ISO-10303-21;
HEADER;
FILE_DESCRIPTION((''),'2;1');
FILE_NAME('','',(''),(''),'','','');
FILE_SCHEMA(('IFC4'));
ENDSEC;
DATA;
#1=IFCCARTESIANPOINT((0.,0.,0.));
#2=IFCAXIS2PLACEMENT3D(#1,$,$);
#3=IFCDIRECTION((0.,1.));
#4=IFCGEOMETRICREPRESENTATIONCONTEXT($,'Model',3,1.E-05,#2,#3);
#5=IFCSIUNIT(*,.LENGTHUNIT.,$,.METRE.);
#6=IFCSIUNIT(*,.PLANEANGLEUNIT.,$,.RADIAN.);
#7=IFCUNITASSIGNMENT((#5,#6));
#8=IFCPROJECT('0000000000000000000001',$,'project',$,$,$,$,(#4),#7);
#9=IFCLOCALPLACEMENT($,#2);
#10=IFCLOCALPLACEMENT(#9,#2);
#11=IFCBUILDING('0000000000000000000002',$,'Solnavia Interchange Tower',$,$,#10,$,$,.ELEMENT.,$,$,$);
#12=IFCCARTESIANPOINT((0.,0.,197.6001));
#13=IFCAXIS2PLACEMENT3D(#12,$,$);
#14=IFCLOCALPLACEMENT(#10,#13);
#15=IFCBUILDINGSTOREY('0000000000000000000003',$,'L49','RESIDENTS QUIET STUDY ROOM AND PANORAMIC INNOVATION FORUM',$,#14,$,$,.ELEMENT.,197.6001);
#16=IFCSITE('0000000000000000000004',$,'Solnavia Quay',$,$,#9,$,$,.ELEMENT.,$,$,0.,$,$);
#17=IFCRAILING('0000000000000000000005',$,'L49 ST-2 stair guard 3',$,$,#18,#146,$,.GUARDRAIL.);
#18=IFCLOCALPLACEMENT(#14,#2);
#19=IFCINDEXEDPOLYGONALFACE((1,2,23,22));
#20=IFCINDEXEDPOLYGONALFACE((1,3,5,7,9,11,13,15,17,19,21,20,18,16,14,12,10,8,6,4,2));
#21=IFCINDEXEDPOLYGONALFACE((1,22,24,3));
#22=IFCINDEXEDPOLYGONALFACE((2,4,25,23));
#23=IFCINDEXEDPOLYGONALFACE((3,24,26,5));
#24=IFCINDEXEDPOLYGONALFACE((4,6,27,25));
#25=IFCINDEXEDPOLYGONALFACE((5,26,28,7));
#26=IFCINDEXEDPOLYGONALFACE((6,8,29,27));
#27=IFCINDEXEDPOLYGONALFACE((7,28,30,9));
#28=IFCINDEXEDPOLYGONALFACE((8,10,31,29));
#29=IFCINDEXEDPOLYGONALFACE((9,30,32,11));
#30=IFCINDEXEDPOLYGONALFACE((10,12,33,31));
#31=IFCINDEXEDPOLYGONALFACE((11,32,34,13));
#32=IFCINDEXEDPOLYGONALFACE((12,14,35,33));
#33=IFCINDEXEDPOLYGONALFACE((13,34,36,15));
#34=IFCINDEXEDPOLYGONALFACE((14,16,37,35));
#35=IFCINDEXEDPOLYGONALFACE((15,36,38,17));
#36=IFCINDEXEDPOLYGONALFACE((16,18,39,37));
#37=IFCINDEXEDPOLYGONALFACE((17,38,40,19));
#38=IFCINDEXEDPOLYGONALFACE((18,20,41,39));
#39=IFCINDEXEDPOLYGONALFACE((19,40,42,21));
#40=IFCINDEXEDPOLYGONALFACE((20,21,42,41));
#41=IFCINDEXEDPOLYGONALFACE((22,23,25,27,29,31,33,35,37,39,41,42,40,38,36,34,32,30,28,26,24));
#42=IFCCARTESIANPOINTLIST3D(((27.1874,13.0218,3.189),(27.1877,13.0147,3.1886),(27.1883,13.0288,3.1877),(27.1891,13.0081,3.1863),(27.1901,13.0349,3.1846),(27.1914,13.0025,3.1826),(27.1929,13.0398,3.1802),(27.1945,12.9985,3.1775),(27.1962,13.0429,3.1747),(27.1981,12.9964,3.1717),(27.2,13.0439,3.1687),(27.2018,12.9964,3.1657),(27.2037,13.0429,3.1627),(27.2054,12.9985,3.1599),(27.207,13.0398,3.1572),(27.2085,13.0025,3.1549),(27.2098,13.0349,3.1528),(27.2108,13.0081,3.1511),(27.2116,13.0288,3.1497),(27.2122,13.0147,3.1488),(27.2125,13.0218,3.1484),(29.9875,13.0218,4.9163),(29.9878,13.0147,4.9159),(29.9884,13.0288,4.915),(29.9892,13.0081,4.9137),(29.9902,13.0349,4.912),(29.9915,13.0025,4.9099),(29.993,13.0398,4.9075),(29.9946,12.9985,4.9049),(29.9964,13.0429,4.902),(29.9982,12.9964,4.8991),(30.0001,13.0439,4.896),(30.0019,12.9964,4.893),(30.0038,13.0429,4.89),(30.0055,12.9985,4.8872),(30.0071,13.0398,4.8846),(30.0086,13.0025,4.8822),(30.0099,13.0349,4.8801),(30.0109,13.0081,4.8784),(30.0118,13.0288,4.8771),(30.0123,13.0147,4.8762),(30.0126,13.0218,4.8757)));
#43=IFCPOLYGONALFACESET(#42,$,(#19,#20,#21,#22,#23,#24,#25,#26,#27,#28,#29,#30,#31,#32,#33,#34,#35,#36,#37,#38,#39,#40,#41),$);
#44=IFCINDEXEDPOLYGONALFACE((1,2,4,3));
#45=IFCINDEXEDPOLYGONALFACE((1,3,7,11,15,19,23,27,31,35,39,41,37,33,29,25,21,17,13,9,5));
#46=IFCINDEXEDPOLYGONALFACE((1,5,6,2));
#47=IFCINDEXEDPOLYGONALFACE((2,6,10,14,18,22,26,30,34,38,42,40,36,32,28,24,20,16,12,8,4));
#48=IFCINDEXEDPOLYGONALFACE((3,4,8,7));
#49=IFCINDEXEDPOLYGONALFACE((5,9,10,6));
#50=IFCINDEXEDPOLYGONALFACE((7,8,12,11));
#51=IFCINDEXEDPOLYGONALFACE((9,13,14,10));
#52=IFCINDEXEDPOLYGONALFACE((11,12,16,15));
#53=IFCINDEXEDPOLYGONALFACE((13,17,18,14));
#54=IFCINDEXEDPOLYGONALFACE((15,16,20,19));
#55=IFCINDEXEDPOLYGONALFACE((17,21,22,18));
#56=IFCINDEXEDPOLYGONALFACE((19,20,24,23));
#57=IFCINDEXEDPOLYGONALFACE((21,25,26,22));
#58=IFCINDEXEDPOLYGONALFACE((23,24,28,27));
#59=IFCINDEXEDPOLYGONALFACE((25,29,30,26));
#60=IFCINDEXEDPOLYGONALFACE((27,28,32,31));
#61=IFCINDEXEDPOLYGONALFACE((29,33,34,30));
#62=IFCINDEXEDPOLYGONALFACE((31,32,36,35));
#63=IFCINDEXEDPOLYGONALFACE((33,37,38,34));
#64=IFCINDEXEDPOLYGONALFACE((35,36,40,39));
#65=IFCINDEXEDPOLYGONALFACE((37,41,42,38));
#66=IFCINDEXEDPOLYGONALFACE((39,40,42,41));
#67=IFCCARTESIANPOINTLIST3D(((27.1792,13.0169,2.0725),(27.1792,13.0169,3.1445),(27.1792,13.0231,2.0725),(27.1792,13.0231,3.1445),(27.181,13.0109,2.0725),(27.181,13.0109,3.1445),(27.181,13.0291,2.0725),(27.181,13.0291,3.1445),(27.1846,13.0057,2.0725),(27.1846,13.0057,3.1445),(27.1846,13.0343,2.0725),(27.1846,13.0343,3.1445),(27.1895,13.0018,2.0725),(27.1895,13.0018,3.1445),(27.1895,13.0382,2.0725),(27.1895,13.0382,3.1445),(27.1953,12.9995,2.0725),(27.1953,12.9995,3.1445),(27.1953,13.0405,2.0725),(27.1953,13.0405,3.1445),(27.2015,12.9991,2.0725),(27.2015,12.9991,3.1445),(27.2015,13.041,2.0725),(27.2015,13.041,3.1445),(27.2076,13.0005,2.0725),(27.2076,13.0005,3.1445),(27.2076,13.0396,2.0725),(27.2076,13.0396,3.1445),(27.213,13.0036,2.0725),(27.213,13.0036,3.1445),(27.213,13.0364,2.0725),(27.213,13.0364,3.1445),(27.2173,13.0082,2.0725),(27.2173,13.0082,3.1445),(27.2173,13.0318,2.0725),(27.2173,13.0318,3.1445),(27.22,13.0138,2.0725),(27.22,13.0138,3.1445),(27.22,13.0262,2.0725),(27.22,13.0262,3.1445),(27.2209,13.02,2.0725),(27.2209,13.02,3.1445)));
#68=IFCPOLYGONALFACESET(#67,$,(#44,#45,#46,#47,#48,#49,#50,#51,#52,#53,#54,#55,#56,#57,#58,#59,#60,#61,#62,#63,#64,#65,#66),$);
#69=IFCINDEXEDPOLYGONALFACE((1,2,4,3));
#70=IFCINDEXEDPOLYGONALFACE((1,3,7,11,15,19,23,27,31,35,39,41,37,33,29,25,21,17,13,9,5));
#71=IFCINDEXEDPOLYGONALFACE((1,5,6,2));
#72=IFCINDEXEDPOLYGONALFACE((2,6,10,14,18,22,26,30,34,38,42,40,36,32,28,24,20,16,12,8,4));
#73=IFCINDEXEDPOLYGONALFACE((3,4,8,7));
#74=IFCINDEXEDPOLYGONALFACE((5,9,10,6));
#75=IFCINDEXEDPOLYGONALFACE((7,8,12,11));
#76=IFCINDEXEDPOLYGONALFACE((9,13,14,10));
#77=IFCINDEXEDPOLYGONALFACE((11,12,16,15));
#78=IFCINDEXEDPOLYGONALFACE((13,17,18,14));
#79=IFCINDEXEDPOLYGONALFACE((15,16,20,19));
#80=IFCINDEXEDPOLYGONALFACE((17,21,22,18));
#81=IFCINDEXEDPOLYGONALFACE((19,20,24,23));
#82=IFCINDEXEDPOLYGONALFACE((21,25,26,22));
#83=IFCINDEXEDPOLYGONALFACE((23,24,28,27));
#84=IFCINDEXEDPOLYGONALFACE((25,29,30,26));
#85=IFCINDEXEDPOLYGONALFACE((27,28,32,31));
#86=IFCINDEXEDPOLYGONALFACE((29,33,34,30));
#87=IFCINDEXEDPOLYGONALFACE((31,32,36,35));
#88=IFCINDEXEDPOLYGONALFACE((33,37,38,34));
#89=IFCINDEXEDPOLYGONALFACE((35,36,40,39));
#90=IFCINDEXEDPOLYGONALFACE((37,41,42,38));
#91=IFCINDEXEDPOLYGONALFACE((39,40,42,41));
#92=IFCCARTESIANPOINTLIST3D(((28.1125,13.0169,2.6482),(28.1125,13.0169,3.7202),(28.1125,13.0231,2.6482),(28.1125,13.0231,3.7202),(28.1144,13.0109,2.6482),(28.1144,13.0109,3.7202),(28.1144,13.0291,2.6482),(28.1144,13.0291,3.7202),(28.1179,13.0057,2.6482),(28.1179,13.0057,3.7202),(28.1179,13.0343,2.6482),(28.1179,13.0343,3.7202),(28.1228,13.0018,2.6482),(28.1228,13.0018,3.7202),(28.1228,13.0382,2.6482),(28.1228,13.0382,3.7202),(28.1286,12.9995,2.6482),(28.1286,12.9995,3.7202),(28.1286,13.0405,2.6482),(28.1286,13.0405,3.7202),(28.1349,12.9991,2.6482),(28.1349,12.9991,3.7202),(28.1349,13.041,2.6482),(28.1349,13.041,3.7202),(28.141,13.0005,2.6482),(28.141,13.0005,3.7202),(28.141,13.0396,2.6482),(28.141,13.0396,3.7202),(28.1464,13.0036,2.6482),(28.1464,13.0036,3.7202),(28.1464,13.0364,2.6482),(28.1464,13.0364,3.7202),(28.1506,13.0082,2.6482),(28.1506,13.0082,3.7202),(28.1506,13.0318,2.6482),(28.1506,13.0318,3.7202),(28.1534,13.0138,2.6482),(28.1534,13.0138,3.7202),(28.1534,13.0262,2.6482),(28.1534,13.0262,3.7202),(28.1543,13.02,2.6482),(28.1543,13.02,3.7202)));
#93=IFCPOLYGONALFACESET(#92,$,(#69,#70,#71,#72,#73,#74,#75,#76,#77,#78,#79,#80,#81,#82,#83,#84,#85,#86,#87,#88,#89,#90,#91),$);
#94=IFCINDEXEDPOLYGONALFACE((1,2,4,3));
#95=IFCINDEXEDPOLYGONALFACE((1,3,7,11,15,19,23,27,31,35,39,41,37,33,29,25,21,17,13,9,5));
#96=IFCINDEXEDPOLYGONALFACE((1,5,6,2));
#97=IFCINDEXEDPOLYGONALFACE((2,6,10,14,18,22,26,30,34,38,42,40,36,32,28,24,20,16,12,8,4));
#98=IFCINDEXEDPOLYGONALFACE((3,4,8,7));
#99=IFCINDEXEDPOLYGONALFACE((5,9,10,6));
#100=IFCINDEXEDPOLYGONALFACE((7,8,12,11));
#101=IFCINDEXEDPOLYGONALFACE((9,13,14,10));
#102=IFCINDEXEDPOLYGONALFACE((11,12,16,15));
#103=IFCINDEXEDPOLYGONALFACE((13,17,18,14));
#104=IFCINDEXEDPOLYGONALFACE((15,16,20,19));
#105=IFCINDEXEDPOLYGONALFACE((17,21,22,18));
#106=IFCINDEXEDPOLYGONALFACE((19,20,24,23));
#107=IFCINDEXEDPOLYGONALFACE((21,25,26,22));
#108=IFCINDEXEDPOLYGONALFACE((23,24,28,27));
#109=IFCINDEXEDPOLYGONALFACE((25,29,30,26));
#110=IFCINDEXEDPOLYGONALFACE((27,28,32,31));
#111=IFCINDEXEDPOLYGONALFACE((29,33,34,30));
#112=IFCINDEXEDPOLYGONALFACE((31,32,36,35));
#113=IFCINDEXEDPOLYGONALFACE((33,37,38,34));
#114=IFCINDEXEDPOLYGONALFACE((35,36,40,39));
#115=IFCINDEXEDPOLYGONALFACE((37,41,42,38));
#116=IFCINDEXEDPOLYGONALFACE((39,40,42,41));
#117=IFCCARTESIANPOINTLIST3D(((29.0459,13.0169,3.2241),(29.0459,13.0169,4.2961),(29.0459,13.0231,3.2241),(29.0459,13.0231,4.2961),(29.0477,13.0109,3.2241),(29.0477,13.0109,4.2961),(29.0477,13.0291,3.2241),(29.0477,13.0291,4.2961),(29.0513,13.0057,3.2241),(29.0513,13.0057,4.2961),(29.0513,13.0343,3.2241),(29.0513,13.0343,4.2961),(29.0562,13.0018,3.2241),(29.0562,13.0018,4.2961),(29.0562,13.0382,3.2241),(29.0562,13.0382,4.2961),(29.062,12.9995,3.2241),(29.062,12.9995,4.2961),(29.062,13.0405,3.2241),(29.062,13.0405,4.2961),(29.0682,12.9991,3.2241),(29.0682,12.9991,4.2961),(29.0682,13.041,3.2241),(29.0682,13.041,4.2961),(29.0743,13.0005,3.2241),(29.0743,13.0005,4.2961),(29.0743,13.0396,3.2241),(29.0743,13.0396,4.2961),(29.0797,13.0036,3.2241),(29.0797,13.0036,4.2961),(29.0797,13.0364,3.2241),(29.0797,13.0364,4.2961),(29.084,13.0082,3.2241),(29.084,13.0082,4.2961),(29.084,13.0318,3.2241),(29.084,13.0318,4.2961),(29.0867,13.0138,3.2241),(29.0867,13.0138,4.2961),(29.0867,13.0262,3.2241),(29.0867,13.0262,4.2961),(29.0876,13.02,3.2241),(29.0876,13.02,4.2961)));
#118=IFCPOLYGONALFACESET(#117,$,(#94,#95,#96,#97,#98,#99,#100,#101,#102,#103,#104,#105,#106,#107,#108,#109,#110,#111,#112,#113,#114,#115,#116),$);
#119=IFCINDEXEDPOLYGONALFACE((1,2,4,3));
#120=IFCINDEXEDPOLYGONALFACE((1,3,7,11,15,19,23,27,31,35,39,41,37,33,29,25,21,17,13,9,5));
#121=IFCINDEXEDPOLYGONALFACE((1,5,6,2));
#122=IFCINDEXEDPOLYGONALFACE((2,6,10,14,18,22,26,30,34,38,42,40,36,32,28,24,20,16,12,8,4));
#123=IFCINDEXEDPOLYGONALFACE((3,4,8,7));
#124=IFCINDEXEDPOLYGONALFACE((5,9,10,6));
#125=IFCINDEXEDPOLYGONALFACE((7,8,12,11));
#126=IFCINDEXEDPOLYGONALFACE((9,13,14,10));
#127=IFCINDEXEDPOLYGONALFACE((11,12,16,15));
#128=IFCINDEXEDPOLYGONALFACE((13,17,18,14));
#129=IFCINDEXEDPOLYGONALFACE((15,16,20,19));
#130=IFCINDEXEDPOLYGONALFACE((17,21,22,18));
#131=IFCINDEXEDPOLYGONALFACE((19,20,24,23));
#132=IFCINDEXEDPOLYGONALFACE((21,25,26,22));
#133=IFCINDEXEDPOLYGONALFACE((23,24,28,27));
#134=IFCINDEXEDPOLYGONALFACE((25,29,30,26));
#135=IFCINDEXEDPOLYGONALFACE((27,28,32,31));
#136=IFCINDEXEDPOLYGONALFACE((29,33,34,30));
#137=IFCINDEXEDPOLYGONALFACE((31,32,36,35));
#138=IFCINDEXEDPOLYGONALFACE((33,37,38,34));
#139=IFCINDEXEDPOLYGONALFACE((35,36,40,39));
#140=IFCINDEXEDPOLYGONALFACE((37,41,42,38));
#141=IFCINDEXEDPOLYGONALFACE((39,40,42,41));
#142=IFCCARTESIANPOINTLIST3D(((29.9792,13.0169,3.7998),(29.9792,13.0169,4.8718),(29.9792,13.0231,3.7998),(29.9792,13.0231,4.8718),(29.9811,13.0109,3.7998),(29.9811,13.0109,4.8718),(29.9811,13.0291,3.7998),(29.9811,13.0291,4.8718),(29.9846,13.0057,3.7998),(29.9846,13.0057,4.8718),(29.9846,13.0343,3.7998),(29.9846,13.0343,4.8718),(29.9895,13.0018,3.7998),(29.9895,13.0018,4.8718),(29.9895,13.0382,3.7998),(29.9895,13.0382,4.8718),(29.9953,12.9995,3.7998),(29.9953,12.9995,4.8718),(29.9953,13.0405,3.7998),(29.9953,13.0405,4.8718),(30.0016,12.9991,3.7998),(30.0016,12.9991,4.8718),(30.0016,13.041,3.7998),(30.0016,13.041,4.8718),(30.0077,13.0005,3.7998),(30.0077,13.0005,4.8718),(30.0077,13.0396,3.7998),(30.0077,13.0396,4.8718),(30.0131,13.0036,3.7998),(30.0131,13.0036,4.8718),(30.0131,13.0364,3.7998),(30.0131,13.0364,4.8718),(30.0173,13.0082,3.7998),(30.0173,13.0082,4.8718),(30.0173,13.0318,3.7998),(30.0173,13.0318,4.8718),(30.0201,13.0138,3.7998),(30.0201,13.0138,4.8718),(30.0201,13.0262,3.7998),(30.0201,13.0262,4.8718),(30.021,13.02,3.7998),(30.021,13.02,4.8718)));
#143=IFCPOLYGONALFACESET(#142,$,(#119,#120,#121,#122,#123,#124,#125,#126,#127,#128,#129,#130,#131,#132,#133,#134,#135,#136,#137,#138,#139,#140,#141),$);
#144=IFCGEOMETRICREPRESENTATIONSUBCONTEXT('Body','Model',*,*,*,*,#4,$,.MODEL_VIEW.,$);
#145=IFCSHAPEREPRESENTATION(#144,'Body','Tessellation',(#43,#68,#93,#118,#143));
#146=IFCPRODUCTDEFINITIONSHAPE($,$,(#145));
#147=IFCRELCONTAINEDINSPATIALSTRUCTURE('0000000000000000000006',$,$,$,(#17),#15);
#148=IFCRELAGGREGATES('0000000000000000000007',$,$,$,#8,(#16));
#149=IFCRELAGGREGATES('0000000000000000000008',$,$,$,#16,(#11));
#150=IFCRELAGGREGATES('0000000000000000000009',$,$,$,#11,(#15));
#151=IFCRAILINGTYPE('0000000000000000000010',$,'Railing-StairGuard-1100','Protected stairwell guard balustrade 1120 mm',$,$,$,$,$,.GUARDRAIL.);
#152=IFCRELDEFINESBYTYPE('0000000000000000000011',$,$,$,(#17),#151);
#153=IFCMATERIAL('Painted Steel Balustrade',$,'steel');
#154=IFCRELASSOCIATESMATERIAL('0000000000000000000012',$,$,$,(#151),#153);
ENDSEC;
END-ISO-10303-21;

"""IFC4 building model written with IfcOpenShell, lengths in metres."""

from ifc_helpers import new_model, si_unit, direction, frame, origin, origin_2d, place, context, subcontext, project, spatial, circle, extrude, material, type_object, element, save


model = new_model("IFC4")

# Units and contexts
model_context = context("Model", 3, precision=1e-05, world=origin(), true_north=direction((0.0, 1.0)))
body_context = subcontext(model_context, "Body", "Model", "MODEL_VIEW")
ifc_project = project(units=[si_unit("LENGTHUNIT", "METRE"), si_unit("PLANEANGLEUNIT", "RADIAN")], contexts=[model_context])

# Site, building, storey
site_placement = place(None, origin())
site = spatial("IfcSite", under=ifc_project, at=site_placement, Name="Solnavia Quay", CompositionType="ELEMENT", RefElevation=0.0)
building_placement = place(site_placement, origin())
building = spatial("IfcBuilding", under=site, at=building_placement, Name="Solnavia Interchange Tower", CompositionType="ELEMENT")
storey_placement = place(building_placement, frame((0.0, 0.0, 197.6001)))
storey = spatial("IfcBuildingStorey", under=building, at=storey_placement, Name="L49", Description="RESIDENTS QUIET STUDY ROOM AND PANORAMIC INNOVATION FORUM", CompositionType="ELEMENT", Elevation=197.6001)

# Railing
ifc_material_1 = material(Name="Painted Steel Balustrade", Category="steel")
railing_type_1 = type_object("IfcRailingType", Name="Railing-StairGuard-1100", Description="Protected stairwell guard balustrade 1120 mm", PredefinedType="GUARDRAIL", material=ifc_material_1)
railing_1_placement = place(storey_placement, frame((27.2, 13.02, 2.0725)))
element("IfcRailing", 1, at=railing_1_placement, inside=storey, type_object=railing_type_1, Name="L49 ST-2 stair guard 3", PredefinedType="GUARDRAIL", context=body_context, shape_type="SweptSolid", body=[
    extrude(circle(Radius=0.0239, at=origin_2d()), frame((0.0, 0.0, 1.0962), z_axis=(0.85109, 0.0, 0.52502), x_axis=(0.0, 1.0, 0.0)), (0.0, 0.0, 1.0), 3.29),
    extrude(circle(Radius=0.021, at=origin_2d()), origin(), (0.0, 0.0, 1.0), 1.072),
    extrude(circle(Radius=0.021, at=origin_2d()), frame((0.9333, 0.0, 0.5757)), (0.0, 0.0, 1.0), 1.072),
    extrude(circle(Radius=0.021, at=origin_2d()), frame((1.8667, 0.0, 1.1516)), (0.0, 0.0, 1.0), 1.072),
    extrude(circle(Radius=0.021, at=origin_2d()), frame((2.8, 0.0, 1.7273)), (0.0, 0.0, 1.0), 1.072),
])

save(model, "model.ifc")
